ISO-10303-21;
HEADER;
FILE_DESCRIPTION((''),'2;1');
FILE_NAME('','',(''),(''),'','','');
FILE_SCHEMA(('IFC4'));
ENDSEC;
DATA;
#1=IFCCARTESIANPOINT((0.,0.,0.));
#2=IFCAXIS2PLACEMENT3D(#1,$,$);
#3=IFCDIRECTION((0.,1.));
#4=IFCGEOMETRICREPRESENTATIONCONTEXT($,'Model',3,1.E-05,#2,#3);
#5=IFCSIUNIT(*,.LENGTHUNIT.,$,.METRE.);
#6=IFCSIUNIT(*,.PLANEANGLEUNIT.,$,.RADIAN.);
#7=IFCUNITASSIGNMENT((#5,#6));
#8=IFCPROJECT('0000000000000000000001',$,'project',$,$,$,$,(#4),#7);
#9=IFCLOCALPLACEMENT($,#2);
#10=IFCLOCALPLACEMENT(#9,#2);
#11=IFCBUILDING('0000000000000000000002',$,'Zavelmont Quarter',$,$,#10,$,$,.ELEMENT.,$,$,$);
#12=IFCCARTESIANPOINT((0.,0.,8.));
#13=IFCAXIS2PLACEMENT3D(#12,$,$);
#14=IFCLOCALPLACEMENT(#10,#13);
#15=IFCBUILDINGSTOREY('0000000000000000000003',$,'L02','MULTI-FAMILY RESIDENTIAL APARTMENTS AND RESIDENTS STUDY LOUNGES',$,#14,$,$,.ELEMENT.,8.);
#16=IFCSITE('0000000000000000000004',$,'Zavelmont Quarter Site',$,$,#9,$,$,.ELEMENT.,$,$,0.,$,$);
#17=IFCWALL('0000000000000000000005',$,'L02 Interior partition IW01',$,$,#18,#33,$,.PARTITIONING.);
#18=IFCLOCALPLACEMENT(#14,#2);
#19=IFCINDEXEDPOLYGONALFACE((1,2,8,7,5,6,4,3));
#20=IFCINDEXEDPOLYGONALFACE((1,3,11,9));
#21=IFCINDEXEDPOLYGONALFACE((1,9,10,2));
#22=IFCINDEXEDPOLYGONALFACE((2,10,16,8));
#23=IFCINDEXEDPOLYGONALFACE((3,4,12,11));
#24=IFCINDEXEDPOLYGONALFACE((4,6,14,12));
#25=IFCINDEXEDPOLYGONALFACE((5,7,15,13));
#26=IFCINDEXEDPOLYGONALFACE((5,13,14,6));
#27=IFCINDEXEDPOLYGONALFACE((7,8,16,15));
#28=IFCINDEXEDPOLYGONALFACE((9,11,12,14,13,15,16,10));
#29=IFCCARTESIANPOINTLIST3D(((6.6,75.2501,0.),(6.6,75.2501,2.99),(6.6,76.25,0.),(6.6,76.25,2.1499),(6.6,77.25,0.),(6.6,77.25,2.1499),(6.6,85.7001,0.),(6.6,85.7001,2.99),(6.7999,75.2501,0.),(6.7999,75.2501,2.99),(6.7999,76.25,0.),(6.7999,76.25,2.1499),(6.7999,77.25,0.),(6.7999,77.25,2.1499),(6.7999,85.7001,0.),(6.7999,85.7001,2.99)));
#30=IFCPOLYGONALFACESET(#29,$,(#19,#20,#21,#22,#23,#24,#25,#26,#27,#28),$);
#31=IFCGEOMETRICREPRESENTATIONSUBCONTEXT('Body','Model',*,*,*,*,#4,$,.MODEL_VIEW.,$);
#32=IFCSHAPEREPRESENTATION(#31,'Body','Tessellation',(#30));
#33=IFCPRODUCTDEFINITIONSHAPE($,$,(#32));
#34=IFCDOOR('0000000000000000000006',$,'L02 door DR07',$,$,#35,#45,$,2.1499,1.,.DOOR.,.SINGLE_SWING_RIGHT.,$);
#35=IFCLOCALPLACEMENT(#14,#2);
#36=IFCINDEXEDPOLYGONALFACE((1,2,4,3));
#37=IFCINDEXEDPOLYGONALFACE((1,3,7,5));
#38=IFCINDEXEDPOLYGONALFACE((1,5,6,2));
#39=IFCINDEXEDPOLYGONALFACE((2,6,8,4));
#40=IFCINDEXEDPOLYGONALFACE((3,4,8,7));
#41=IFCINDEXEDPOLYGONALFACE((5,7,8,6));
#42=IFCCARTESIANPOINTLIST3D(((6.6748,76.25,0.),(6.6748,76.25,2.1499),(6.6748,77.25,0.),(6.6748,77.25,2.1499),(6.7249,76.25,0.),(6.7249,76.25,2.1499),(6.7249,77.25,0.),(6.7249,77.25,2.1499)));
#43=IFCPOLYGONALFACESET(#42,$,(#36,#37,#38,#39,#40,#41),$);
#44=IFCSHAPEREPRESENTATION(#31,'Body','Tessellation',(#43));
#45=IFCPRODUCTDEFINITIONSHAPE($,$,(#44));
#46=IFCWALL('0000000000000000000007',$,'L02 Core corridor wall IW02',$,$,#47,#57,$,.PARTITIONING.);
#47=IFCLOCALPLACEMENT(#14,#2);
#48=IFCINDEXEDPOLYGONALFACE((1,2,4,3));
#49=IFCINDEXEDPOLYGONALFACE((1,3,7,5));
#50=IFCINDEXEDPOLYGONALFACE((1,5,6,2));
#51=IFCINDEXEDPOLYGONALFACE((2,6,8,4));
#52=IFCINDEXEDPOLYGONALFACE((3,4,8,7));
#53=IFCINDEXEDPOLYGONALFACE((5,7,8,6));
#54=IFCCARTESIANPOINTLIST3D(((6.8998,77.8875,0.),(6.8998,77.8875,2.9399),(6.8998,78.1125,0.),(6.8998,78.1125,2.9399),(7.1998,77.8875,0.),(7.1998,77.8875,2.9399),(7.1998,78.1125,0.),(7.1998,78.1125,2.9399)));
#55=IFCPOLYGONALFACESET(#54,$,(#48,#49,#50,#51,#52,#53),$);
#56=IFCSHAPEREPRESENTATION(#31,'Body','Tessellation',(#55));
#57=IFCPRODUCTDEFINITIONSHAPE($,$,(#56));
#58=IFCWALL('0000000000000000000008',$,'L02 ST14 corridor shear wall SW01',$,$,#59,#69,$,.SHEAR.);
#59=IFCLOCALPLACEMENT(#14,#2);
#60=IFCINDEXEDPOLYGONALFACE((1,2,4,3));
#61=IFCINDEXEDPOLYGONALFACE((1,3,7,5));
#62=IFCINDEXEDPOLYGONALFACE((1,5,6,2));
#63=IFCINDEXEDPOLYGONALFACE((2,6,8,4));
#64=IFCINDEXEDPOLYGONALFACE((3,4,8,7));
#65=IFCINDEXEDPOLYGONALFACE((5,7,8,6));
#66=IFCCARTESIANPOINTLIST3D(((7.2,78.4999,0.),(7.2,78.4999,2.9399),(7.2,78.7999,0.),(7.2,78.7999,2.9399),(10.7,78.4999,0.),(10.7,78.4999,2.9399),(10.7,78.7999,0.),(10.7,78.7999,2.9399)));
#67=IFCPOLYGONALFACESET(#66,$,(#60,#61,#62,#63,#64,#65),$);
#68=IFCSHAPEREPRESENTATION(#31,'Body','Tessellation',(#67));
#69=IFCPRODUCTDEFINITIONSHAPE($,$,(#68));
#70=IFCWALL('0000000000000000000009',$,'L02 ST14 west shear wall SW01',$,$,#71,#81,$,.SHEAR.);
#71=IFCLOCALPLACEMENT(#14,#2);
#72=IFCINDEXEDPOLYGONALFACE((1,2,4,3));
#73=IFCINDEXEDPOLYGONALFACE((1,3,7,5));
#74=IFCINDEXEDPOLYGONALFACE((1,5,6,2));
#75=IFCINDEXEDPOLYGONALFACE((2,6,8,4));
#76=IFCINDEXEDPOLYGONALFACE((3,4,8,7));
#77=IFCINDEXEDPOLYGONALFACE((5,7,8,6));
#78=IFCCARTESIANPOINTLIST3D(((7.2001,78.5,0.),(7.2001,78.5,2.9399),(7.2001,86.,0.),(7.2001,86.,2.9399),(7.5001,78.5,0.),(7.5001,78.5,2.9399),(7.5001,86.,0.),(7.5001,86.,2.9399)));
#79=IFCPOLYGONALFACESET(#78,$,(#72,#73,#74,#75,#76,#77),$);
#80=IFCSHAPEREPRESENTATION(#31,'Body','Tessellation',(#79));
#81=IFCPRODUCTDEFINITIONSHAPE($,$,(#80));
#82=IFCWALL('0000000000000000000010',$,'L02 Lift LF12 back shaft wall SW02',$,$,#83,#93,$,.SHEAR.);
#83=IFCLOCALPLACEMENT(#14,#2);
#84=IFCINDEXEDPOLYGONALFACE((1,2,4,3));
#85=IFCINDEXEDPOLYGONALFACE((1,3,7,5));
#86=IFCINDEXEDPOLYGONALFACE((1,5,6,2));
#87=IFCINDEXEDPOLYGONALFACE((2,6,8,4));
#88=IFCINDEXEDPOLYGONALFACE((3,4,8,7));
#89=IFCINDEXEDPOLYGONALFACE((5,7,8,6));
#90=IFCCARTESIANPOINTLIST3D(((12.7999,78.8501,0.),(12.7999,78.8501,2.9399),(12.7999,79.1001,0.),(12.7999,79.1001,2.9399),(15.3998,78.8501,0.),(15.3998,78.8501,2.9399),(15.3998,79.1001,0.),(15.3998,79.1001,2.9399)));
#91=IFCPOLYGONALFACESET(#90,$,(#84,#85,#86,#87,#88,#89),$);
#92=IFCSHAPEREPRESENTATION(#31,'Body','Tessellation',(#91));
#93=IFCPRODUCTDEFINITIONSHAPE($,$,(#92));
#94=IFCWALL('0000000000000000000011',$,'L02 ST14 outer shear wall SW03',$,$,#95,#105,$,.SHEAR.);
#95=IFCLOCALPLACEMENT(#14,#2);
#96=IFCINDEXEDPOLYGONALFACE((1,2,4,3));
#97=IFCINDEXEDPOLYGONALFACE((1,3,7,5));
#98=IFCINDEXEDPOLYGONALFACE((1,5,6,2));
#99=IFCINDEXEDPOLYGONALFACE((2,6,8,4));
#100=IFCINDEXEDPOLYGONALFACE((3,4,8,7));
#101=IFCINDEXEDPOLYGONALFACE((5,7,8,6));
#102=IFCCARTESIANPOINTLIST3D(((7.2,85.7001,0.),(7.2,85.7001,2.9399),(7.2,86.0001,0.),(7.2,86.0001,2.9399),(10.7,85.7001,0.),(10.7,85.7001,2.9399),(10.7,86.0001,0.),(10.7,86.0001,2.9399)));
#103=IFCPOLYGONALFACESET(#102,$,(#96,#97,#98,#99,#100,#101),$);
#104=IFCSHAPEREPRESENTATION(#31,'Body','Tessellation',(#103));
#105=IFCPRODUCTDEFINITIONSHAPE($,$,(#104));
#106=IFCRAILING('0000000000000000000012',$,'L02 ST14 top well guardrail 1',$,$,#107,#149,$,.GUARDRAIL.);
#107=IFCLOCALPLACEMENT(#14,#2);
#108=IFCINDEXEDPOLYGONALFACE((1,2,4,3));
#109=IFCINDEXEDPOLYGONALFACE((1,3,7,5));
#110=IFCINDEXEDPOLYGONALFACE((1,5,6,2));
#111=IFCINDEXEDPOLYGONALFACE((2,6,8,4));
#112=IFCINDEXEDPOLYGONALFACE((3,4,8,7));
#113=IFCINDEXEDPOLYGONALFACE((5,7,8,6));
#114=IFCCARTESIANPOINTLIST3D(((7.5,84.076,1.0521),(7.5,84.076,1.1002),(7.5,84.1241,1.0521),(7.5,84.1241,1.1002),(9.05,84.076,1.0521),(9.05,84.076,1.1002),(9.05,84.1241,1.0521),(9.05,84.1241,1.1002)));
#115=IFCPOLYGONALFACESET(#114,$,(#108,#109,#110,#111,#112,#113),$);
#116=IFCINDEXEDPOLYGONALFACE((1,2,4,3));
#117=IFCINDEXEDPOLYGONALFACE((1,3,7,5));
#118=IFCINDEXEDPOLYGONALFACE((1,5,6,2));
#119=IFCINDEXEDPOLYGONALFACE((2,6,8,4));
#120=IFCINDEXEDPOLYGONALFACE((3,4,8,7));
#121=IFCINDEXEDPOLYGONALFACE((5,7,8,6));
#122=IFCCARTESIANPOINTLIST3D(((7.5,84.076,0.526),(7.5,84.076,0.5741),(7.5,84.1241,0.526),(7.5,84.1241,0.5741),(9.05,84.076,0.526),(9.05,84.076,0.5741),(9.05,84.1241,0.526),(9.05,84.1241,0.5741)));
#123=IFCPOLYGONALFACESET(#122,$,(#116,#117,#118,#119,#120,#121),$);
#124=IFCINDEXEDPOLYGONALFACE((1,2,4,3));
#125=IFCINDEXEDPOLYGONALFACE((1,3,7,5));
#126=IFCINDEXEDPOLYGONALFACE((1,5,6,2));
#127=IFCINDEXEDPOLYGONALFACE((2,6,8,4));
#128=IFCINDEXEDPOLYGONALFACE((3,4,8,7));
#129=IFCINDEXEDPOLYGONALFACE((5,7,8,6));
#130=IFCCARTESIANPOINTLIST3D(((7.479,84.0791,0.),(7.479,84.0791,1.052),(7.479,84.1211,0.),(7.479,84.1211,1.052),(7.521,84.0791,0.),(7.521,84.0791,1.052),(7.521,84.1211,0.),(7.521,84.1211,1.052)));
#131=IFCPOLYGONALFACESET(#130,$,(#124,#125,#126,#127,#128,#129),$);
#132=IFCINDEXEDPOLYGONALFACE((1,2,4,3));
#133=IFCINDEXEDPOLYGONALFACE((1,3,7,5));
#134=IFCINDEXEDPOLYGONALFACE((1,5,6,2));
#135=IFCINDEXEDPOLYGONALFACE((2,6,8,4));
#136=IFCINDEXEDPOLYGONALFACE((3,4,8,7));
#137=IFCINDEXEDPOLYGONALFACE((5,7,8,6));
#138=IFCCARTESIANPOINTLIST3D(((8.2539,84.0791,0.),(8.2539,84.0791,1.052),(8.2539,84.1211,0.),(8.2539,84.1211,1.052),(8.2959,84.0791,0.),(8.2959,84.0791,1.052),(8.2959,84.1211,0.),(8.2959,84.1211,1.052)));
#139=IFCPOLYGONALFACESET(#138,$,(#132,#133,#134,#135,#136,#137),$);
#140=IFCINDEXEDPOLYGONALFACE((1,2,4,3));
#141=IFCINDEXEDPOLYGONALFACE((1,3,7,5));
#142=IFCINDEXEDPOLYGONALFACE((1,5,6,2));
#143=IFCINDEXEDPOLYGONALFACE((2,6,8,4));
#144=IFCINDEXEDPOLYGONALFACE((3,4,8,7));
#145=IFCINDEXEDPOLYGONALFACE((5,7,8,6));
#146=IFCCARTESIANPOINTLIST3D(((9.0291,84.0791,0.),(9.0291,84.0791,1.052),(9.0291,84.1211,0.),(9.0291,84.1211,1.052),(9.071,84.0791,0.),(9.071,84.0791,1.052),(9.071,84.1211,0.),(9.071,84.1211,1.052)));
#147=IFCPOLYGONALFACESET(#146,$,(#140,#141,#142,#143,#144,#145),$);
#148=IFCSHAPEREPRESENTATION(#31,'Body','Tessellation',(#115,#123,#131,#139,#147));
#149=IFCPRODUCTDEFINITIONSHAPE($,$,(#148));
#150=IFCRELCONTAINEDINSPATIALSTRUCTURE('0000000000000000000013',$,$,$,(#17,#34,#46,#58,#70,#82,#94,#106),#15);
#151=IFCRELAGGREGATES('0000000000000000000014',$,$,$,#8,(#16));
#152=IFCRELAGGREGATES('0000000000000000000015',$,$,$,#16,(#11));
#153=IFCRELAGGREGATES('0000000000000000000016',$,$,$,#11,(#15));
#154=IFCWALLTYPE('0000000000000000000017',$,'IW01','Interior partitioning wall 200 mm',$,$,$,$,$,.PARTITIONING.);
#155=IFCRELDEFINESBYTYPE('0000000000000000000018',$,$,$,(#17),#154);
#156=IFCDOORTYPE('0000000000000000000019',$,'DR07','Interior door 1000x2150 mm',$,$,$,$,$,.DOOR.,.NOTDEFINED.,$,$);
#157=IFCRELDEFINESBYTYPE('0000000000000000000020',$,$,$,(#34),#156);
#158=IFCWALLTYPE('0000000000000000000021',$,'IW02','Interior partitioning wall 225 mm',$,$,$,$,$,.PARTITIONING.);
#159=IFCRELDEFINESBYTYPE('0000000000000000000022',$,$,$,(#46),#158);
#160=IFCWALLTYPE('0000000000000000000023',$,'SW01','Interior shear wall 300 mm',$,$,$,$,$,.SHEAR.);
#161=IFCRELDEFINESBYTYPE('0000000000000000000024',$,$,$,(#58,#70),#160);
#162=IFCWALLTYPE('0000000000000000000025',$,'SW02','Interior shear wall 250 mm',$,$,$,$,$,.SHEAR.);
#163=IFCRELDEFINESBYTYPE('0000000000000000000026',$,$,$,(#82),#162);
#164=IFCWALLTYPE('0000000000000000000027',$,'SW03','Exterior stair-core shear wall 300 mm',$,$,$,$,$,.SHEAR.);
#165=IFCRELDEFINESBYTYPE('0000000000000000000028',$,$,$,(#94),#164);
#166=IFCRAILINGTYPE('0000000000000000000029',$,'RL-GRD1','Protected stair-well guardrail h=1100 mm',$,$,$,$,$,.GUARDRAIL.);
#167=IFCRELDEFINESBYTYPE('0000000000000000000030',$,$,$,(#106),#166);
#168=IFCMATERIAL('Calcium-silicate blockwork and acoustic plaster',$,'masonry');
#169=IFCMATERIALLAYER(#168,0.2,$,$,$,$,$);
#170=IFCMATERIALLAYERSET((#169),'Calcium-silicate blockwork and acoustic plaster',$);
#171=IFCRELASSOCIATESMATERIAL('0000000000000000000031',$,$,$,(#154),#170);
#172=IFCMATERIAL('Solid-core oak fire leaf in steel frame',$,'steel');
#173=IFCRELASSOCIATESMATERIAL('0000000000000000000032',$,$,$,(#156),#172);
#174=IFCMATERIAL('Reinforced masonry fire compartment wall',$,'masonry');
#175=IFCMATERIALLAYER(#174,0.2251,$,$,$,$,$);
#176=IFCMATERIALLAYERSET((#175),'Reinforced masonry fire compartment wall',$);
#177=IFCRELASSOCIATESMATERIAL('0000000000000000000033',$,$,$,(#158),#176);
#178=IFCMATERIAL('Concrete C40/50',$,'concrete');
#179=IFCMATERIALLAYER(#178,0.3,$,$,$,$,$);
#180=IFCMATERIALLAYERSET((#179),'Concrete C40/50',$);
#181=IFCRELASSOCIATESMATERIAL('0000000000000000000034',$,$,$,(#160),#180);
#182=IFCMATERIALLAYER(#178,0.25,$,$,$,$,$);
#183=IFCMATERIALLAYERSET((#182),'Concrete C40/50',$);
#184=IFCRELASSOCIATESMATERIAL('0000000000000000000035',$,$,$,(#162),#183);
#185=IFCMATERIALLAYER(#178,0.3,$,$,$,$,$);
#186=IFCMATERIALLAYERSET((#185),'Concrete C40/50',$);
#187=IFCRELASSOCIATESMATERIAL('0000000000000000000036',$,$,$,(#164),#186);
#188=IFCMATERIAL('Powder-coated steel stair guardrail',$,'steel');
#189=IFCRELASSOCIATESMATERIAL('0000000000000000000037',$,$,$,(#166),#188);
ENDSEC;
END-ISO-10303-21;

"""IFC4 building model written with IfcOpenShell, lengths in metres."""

from ifc_helpers import new_model, si_unit, direction, frame, frame_2d, origin, origin_2d, place, context, subcontext, project, spatial, rectangle, extrude, material, layer, layer_set, type_object, element, fill, save


model = new_model("IFC4")

# Units and contexts
model_context = context("Model", 3, precision=1e-05, world=origin(), true_north=direction((0.0, 1.0)))
body_context = subcontext(model_context, "Body", "Model", "MODEL_VIEW")
ifc_project = project(units=[si_unit("LENGTHUNIT", "METRE"), si_unit("PLANEANGLEUNIT", "RADIAN")], contexts=[model_context])

# Site, building, storey
site_placement = place(None, origin())
site = spatial("IfcSite", under=ifc_project, at=site_placement, Name="Zavelmont Quarter Site", CompositionType="ELEMENT", RefElevation=0.0)
building_placement = place(site_placement, origin())
building = spatial("IfcBuilding", under=site, at=building_placement, Name="Zavelmont Quarter", CompositionType="ELEMENT")
storey_placement = place(building_placement, frame((0.0, 0.0, 8.0)))
storey = spatial("IfcBuildingStorey", under=building, at=storey_placement, Name="L02", Description="MULTI-FAMILY RESIDENTIAL APARTMENTS AND RESIDENTS STUDY LOUNGES", CompositionType="ELEMENT", Elevation=8.0)

# Wall, opening, door
ifc_material_1 = material(Name="Calcium-silicate blockwork and acoustic plaster", Category="masonry")
ifc_layer_1 = layer(ifc_material_1, 0.2)
ifc_layer_set_1 = layer_set([ifc_layer_1], Name="Calcium-silicate blockwork and acoustic plaster")
wall_type_1 = type_object("IfcWallType", Name="IW01", Description="Interior partitioning wall 200 mm", PredefinedType="PARTITIONING", material=ifc_layer_set_1)
wall_1_placement = place(storey_placement, frame((6.7, 75.25, 0.0), z_axis=(0.0, 0.0, 1.0), x_axis=(0.0, 1.0, 0.0)))
wall_1 = element("IfcWall", 1, at=wall_1_placement, inside=storey, type_object=wall_type_1, Name="L02 Interior partition IW01", PredefinedType="PARTITIONING", context=body_context, shape_type="SweptSolid", body=[
    extrude(rectangle(XDim=10.45, YDim=0.2, at=frame_2d((5.2251, 0.0))), origin(), (0.0, 0.0, 1.0), 2.99),
])
opening_1_placement = place(wall_1_placement, frame((1.0, 0.0, 0.0)))
opening_1 = element("IfcOpeningElement", 2, at=opening_1_placement, cuts=wall_1, PredefinedType="OPENING", context=body_context, shape_type="SweptSolid", body=[
    extrude(rectangle(XDim=1.0, YDim=2.1499, at=frame_2d((0.5, 1.075))), frame((0.0, 0.1118, 0.0), z_axis=(0.0, -1.0, 0.0), x_axis=(1.0, 0.0, 0.0)), (0.0, 0.0, 1.0), 0.2239),
])
ifc_material_2 = material(Name="Solid-core oak fire leaf in steel frame", Category="steel")
door_type_1 = type_object("IfcDoorType", Name="DR07", Description="Interior door 1000x2150 mm", OperationType="NOTDEFINED", PredefinedType="DOOR", material=ifc_material_2)
door_1_placement = place(opening_1_placement, frame((1.0, 0.0, 0.0), z_axis=(0.0, 0.0, 1.0), x_axis=(-1.0, 0.0, 0.0)))
door_1 = element("IfcDoor", 3, at=door_1_placement, inside=storey, type_object=door_type_1, Name="L02 door DR07", OperationType="SINGLE_SWING_RIGHT", OverallHeight=2.1499, OverallWidth=1.0, PredefinedType="DOOR", context=body_context, shape_type="SweptSolid", body=[
    extrude(rectangle(XDim=1.0, YDim=2.1499, at=frame_2d((0.5, 1.075))), frame((0.0, 0.0249, 0.0), z_axis=(0.0, -1.0, 0.0), x_axis=(1.0, 0.0, 0.0)), (0.0, 0.0, 1.0), 0.05),
])
fill(opening_1, door_1)
ifc_material_3 = material(Name="Reinforced masonry fire compartment wall", Category="masonry")
ifc_layer_2 = layer(ifc_material_3, 0.2251)
ifc_layer_set_2 = layer_set([ifc_layer_2], Name="Reinforced masonry fire compartment wall")
wall_type_2 = type_object("IfcWallType", Name="IW02", Description="Interior partitioning wall 225 mm", PredefinedType="PARTITIONING", material=ifc_layer_set_2)

# Wall
wall_2_placement = place(storey_placement, frame((6.8999, 78.0, 0.0), z_axis=(0.0, 0.0, 1.0), x_axis=(1.0, 0.0, 0.0)))
element("IfcWall", 4, at=wall_2_placement, inside=storey, type_object=wall_type_2, Name="L02 Core corridor wall IW02", PredefinedType="PARTITIONING", context=body_context, shape_type="SweptSolid", body=[
    extrude(rectangle(XDim=0.3, YDim=0.2251, at=frame_2d((0.1499, 0.0))), origin(), (0.0, 0.0, 1.0), 2.9399),
])

# Walls
ifc_material_4 = material(Name="Concrete C40/50", Category="concrete")
ifc_layer_3 = layer(ifc_material_4, 0.3)
ifc_layer_set_3 = layer_set([ifc_layer_3], Name="Concrete C40/50")
wall_type_3 = type_object("IfcWallType", Name="SW01", Description="Interior shear wall 300 mm", PredefinedType="SHEAR", material=ifc_layer_set_3)
wall_3_placement = place(storey_placement, frame((7.2, 78.6499, 0.0), z_axis=(0.0, 0.0, 1.0), x_axis=(1.0, 0.0, 0.0)))
element("IfcWall", 5, at=wall_3_placement, inside=storey, type_object=wall_type_3, Name="L02 ST14 corridor shear wall SW01", PredefinedType="SHEAR", context=body_context, shape_type="SweptSolid", body=[
    extrude(rectangle(XDim=3.5, YDim=0.3, at=frame_2d((1.75, 0.0))), origin(), (0.0, 0.0, 1.0), 2.9399),
])
wall_4_placement = place(storey_placement, frame((7.3501, 78.5, 0.0), z_axis=(0.0, 0.0, 1.0), x_axis=(0.0, 1.0, 0.0)))
element("IfcWall", 6, at=wall_4_placement, inside=storey, type_object=wall_type_3, Name="L02 ST14 west shear wall SW01", PredefinedType="SHEAR", context=body_context, shape_type="SweptSolid", body=[
    extrude(rectangle(XDim=7.5, YDim=0.3, at=frame_2d((3.75, 0.0))), origin(), (0.0, 0.0, 1.0), 2.9399),
])

# Walls
ifc_layer_4 = layer(ifc_material_4, 0.25)
ifc_layer_set_4 = layer_set([ifc_layer_4], Name="Concrete C40/50")
wall_type_4 = type_object("IfcWallType", Name="SW02", Description="Interior shear wall 250 mm", PredefinedType="SHEAR", material=ifc_layer_set_4)
wall_5_placement = place(storey_placement, frame((12.8, 78.9751, 0.0), z_axis=(0.0, 0.0, 1.0), x_axis=(1.0, 0.0, 0.0)))
element("IfcWall", 7, at=wall_5_placement, inside=storey, type_object=wall_type_4, Name="L02 Lift LF12 back shaft wall SW02", PredefinedType="SHEAR", context=body_context, shape_type="SweptSolid", body=[
    extrude(rectangle(XDim=2.5999, YDim=0.25, at=frame_2d((1.2998, 0.0))), origin(), (0.0, 0.0, 1.0), 2.9399),
])
ifc_layer_5 = layer(ifc_material_4, 0.3)
ifc_layer_set_5 = layer_set([ifc_layer_5], Name="Concrete C40/50")
wall_type_5 = type_object("IfcWallType", Name="SW03", Description="Exterior stair-core shear wall 300 mm", PredefinedType="SHEAR", material=ifc_layer_set_5)
wall_6_placement = place(storey_placement, frame((7.2, 85.8501, 0.0), z_axis=(0.0, 0.0, 1.0), x_axis=(1.0, 0.0, 0.0)))
element("IfcWall", 8, at=wall_6_placement, inside=storey, type_object=wall_type_5, Name="L02 ST14 outer shear wall SW03", PredefinedType="SHEAR", context=body_context, shape_type="SweptSolid", body=[
    extrude(rectangle(XDim=3.5, YDim=0.3, at=frame_2d((1.75, 0.0))), origin(), (0.0, 0.0, 1.0), 2.9399),
])

# Railing
ifc_material_5 = material(Name="Powder-coated steel stair guardrail", Category="steel")
railing_type = type_object("IfcRailingType", Name="RL-GRD1", Description="Protected stair-well guardrail h=1100 mm", PredefinedType="GUARDRAIL", material=ifc_material_5)
railing_placement = place(storey_placement, frame((7.5, 84.1001, 0.0)))
element("IfcRailing", 9, at=railing_placement, inside=storey, type_object=railing_type, Name="L02 ST14 top well guardrail 1", PredefinedType="GUARDRAIL", context=body_context, shape_type="SweptSolid", body=[
    extrude(rectangle(XDim=0.0481, YDim=0.0481, at=origin_2d()), frame((0.0, 0.0, 1.0762), z_axis=(1.0, 0.0, 0.0), x_axis=(0.0, 1.0, 0.0)), (0.0, 0.0, 1.0), 1.55),
    extrude(rectangle(XDim=0.0481, YDim=0.0481, at=origin_2d()), frame((0.0, 0.0, 0.55), z_axis=(1.0, 0.0, 0.0), x_axis=(0.0, 1.0, 0.0)), (0.0, 0.0, 1.0), 1.55),
    extrude(rectangle(XDim=0.042, YDim=0.042, at=origin_2d()), origin(), (0.0, 0.0, 1.0), 1.052),
    extrude(rectangle(XDim=0.042, YDim=0.042, at=origin_2d()), frame((0.7749, 0.0, 0.0)), (0.0, 0.0, 1.0), 1.052),
    extrude(rectangle(XDim=0.042, YDim=0.042, at=origin_2d()), frame((1.55, 0.0, 0.0)), (0.0, 0.0, 1.0), 1.052),
])

save(model, "model.ifc")
